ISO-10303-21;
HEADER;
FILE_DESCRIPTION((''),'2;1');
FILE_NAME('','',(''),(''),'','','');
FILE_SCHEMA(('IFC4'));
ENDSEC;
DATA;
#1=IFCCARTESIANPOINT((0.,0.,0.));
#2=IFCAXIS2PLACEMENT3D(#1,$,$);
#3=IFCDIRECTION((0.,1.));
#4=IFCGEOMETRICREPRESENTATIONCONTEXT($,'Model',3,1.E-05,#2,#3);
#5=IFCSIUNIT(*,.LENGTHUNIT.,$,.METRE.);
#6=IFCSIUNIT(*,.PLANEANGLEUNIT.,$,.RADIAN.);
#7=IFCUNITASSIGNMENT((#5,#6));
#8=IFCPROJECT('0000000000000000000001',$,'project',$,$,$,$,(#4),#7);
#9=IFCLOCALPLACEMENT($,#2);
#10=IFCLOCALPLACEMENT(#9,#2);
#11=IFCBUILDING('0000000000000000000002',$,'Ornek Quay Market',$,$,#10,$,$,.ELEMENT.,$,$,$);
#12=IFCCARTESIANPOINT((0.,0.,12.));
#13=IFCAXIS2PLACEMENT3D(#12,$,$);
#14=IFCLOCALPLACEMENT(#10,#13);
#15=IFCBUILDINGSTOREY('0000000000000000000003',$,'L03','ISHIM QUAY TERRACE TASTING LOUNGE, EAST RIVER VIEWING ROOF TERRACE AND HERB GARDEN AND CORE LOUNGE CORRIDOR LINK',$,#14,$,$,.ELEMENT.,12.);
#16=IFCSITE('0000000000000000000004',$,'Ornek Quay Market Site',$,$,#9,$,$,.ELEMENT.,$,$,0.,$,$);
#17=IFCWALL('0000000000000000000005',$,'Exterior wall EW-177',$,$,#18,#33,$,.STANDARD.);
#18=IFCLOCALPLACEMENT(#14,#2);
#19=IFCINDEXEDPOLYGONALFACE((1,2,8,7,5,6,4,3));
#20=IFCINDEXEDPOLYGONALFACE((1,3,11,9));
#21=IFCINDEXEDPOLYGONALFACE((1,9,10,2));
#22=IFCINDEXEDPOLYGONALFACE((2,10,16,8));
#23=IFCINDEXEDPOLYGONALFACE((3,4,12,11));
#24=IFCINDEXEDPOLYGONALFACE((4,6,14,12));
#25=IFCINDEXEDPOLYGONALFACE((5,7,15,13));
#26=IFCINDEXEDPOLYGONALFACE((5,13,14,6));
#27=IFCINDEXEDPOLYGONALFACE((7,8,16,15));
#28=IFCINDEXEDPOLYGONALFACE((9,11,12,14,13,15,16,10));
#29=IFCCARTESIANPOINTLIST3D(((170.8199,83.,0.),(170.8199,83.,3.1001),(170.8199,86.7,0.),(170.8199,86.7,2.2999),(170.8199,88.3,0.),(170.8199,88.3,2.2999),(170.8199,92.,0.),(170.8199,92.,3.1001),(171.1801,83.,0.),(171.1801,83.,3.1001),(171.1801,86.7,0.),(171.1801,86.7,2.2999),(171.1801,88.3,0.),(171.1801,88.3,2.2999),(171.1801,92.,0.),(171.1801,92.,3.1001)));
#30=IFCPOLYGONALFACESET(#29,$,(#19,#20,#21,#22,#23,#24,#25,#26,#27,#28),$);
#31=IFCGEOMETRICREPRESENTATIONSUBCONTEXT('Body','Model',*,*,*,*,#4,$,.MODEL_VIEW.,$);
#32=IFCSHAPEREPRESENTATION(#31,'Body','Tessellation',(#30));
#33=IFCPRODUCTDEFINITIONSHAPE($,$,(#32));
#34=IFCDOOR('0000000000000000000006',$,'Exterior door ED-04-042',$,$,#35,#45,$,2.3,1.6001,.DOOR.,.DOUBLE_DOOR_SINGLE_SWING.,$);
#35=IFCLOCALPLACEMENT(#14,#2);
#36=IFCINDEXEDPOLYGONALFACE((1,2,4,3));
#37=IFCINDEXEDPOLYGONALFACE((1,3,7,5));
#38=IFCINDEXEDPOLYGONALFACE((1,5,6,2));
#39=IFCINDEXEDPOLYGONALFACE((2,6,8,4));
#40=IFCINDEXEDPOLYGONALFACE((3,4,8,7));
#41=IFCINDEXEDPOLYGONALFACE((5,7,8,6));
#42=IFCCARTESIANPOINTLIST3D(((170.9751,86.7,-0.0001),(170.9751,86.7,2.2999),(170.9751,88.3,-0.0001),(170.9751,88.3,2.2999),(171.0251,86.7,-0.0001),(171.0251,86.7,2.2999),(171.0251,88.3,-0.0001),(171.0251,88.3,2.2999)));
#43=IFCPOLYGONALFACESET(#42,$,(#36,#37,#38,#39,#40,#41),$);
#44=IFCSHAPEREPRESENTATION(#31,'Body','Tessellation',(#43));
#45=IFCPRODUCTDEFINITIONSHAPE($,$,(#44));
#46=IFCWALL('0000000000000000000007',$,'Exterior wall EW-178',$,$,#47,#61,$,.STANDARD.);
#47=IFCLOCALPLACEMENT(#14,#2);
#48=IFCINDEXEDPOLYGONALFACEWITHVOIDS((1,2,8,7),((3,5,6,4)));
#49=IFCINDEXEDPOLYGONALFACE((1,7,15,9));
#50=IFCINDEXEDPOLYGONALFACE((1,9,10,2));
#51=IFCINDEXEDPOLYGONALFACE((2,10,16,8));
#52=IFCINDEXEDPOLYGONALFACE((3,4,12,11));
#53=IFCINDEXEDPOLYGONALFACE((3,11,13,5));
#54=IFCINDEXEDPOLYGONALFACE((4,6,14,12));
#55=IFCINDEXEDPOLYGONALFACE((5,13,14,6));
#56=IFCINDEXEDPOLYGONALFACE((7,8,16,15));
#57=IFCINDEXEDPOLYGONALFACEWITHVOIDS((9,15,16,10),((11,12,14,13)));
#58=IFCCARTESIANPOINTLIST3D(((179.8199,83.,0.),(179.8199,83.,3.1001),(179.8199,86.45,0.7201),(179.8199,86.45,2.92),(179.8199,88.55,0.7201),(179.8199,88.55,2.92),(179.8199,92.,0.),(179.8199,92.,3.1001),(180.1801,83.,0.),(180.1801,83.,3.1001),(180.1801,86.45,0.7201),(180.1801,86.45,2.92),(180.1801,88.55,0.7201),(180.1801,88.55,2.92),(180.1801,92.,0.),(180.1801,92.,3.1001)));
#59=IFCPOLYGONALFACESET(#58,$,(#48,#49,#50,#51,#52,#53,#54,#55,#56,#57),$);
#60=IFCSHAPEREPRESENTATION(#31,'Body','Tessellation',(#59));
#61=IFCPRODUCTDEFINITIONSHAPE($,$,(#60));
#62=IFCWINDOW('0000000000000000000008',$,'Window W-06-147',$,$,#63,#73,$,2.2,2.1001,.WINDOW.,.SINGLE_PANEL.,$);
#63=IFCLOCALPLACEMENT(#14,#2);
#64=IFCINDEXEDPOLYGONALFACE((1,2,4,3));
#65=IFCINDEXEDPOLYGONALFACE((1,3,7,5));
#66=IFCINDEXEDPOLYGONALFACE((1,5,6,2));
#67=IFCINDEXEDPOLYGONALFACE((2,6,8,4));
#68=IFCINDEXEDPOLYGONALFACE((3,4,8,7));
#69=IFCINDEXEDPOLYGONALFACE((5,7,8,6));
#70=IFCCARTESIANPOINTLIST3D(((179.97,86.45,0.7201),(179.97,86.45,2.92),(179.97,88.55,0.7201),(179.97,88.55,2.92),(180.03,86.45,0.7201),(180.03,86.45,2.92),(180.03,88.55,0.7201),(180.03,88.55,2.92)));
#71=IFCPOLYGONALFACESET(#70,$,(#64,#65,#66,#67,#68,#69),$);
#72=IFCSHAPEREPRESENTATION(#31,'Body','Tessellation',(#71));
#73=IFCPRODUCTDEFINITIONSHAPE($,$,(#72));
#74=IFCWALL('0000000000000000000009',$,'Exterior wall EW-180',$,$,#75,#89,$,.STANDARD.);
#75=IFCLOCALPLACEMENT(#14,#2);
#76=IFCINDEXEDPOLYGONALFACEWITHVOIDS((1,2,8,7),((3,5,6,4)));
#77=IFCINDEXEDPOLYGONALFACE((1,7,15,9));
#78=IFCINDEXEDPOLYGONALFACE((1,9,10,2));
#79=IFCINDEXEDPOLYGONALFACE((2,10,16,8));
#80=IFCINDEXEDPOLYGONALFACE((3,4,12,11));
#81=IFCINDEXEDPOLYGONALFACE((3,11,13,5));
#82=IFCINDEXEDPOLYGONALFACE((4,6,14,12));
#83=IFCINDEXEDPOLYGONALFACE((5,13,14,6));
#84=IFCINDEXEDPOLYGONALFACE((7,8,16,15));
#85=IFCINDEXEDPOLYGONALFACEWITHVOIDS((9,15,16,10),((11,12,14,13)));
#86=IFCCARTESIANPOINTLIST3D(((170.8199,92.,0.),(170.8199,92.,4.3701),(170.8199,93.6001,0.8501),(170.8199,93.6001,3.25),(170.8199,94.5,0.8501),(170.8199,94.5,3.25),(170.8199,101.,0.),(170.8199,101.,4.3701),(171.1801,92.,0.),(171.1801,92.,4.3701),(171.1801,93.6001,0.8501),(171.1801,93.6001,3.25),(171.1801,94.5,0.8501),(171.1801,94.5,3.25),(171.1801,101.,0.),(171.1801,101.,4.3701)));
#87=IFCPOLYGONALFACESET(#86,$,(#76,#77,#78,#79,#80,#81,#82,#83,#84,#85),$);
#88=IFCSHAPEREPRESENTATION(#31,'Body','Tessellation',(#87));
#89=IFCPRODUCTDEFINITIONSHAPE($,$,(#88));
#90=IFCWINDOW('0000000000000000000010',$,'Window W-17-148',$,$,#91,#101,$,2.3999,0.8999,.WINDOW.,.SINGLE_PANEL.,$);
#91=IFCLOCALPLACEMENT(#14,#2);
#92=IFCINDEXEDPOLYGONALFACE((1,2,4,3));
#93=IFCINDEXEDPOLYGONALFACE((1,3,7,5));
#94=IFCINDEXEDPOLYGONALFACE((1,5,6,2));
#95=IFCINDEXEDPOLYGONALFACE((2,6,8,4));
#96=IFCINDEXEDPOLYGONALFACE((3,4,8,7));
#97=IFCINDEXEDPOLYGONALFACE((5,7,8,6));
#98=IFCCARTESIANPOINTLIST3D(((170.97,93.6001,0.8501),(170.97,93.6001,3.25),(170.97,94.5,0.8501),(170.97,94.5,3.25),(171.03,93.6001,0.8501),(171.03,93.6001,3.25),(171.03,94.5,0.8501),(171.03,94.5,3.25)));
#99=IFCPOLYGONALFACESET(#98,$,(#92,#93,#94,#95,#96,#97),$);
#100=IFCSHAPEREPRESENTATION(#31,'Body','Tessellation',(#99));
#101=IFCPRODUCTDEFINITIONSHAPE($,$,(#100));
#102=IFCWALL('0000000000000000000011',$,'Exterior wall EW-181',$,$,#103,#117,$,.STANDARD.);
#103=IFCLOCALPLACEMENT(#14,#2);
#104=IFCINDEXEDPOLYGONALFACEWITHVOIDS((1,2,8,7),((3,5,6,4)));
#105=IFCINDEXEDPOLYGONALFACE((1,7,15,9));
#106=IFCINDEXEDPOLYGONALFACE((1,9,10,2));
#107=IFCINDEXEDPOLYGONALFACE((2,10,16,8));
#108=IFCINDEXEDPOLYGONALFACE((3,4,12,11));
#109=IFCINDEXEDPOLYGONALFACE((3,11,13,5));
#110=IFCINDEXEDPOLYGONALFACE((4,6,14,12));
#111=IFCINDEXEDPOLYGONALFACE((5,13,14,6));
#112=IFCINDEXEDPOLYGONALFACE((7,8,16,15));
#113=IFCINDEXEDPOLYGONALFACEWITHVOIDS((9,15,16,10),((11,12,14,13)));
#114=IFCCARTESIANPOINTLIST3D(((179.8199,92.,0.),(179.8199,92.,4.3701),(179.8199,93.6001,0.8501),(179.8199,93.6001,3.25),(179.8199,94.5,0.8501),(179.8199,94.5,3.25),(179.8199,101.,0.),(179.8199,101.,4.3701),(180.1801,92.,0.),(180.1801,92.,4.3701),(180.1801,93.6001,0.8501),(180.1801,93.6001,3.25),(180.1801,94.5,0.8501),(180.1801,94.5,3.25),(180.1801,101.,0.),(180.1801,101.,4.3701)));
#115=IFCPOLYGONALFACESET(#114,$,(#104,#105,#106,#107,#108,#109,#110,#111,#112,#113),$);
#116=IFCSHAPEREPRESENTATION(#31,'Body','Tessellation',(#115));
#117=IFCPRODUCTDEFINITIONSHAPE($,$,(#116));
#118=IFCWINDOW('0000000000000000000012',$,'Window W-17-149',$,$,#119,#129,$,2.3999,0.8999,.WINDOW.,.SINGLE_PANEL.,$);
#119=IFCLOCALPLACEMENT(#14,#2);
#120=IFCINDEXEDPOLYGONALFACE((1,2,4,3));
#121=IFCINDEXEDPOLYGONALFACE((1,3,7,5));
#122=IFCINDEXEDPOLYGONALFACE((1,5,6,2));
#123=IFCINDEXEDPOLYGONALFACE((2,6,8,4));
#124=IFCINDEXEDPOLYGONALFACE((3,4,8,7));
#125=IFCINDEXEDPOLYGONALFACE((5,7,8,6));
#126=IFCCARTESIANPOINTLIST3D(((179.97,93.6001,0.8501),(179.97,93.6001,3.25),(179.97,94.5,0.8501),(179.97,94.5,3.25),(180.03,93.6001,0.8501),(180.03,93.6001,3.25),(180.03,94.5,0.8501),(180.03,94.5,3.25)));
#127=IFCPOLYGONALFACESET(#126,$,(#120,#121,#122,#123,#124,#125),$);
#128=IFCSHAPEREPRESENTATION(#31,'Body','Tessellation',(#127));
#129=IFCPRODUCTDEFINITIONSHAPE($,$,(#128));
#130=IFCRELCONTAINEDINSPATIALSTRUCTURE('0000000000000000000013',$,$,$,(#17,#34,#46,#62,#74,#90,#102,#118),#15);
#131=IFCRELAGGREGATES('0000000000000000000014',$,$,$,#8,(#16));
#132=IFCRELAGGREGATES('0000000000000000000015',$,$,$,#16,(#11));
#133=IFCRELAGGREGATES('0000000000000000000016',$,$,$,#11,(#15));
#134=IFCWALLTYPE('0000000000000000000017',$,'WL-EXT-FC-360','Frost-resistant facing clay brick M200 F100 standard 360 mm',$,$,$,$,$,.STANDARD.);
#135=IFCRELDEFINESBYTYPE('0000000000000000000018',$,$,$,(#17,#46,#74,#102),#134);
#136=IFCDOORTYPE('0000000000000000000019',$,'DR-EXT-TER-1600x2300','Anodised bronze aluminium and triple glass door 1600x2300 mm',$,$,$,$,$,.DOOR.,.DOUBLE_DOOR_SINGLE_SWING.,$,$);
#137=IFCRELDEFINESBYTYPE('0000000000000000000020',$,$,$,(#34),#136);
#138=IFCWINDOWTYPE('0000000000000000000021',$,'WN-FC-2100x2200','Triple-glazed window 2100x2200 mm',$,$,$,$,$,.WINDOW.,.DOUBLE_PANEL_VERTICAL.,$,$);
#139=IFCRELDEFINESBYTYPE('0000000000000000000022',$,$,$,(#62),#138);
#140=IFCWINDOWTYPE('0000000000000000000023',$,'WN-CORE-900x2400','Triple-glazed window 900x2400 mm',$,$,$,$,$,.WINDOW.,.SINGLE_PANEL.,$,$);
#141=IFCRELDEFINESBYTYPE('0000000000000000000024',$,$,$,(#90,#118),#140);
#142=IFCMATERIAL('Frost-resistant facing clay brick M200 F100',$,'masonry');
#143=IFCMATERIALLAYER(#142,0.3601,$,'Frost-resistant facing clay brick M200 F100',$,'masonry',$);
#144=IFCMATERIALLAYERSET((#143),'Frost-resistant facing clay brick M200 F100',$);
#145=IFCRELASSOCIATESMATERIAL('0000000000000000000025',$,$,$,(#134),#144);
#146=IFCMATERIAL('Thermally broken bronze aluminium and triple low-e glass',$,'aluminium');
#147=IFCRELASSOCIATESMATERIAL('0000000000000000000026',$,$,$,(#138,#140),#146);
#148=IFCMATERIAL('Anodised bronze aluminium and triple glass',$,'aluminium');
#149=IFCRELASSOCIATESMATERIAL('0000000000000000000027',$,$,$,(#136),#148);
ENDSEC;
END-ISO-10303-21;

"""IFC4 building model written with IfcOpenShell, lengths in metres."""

from ifc_helpers import new_model, si_unit, direction, frame, frame_2d, origin, place, context, subcontext, project, spatial, rectangle, extrude, material, layer, layer_set, type_object, element, fill, save


model = new_model("IFC4")

# Units and contexts
model_context = context("Model", 3, precision=1e-05, world=origin(), true_north=direction((0.0, 1.0)))
body_context = subcontext(model_context, "Body", "Model", "MODEL_VIEW")
ifc_project = project(units=[si_unit("LENGTHUNIT", "METRE"), si_unit("PLANEANGLEUNIT", "RADIAN")], contexts=[model_context])

# Site, building, storey
site_placement = place(None, origin())
site = spatial("IfcSite", under=ifc_project, at=site_placement, Name="Ornek Quay Market Site", CompositionType="ELEMENT", RefElevation=0.0)
building_placement = place(site_placement, origin())
building = spatial("IfcBuilding", under=site, at=building_placement, Name="Ornek Quay Market", CompositionType="ELEMENT")
storey_placement = place(building_placement, frame((0.0, 0.0, 12.0)))
storey = spatial("IfcBuildingStorey", under=building, at=storey_placement, Name="L03", Description="ISHIM QUAY TERRACE TASTING LOUNGE, EAST RIVER VIEWING ROOF TERRACE AND HERB GARDEN AND CORE LOUNGE CORRIDOR LINK", CompositionType="ELEMENT", Elevation=12.0)

# Shared definitions
ifc_material_1 = material(Name="Frost-resistant facing clay brick M200 F100", Category="masonry")
ifc_layer_1 = layer(ifc_material_1, 0.3601, Name="Frost-resistant facing clay brick M200 F100", Category="masonry")
ifc_layer_set_1 = layer_set([ifc_layer_1], Name="Frost-resistant facing clay brick M200 F100")
wall_type_1 = type_object("IfcWallType", Name="WL-EXT-FC-360", Description="Frost-resistant facing clay brick M200 F100 standard 360 mm", PredefinedType="STANDARD", material=ifc_layer_set_1)
ifc_material_2 = material(Name="Thermally broken bronze aluminium and triple low-e glass", Category="aluminium")
window_type_1 = type_object("IfcWindowType", Name="WN-FC-2100x2200", Description="Triple-glazed window 2100x2200 mm", PartitioningType="DOUBLE_PANEL_VERTICAL", PredefinedType="WINDOW", material=ifc_material_2)

# Wall, opening, door
wall_1_placement = place(storey_placement, frame((171.0, 83.0, 0.0), z_axis=(0.0, 0.0, 1.0), x_axis=(0.0, 1.0, 0.0)))
wall_1 = element("IfcWall", 1, at=wall_1_placement, inside=storey, type_object=wall_type_1, Name="Exterior wall EW-177", PredefinedType="STANDARD", context=body_context, shape_type="SweptSolid", body=[
    extrude(rectangle(XDim=9.0, YDim=0.3601, at=frame_2d((4.5, 0.0))), origin(), (0.0, 0.0, 1.0), 3.1001),
])
opening_1_placement = place(wall_1_placement, frame((3.7, 0.0, 0.0)))
opening_1 = element("IfcOpeningElement", 2, at=opening_1_placement, cuts=wall_1, PredefinedType="OPENING", context=body_context, shape_type="SweptSolid", body=[
    extrude(rectangle(XDim=1.6001, YDim=2.3, at=frame_2d((0.8, 1.1499))), frame((0.0, 0.1899, 0.0), z_axis=(0.0, -1.0, 0.0), x_axis=(1.0, 0.0, 0.0)), (0.0, 0.0, 1.0), 0.3801),
])
ifc_material_3 = material(Name="Anodised bronze aluminium and triple glass", Category="aluminium")
door_type_1 = type_object("IfcDoorType", Name="DR-EXT-TER-1600x2300", Description="Anodised bronze aluminium and triple glass door 1600x2300 mm", OperationType="DOUBLE_DOOR_SINGLE_SWING", PredefinedType="DOOR", material=ifc_material_3)
door_1_placement = place(opening_1_placement, origin())
door_1 = element("IfcDoor", 3, at=door_1_placement, inside=storey, type_object=door_type_1, Name="Exterior door ED-04-042", OperationType="DOUBLE_DOOR_SINGLE_SWING", OverallHeight=2.3, OverallWidth=1.6001, PredefinedType="DOOR", context=body_context, shape_type="SweptSolid", body=[
    extrude(rectangle(XDim=1.6001, YDim=2.3, at=frame_2d((0.8, 1.1499))), frame((0.0, 0.0249, 0.0), z_axis=(0.0, -1.0, 0.0), x_axis=(1.0, 0.0, 0.0)), (0.0, 0.0, 1.0), 0.05),
])
fill(opening_1, door_1)

# Walls, openings, windows
wall_2_placement = place(storey_placement, frame((180.0, 83.0, 0.0), z_axis=(0.0, 0.0, 1.0), x_axis=(0.0, 1.0, 0.0)))
wall_2 = element("IfcWall", 4, at=wall_2_placement, inside=storey, type_object=wall_type_1, Name="Exterior wall EW-178", PredefinedType="STANDARD", context=body_context, shape_type="SweptSolid", body=[
    extrude(rectangle(XDim=9.0, YDim=0.3601, at=frame_2d((4.5, 0.0))), origin(), (0.0, 0.0, 1.0), 3.1001),
])
opening_2_placement = place(wall_2_placement, frame((3.45, 0.0, 0.72)))
opening_2 = element("IfcOpeningElement", 5, at=opening_2_placement, cuts=wall_2, PredefinedType="OPENING", context=body_context, shape_type="SweptSolid", body=[
    extrude(rectangle(XDim=2.1001, YDim=2.2, at=frame_2d((1.05, 1.1001))), frame((0.0, 0.1899, 0.0), z_axis=(0.0, -1.0, 0.0), x_axis=(1.0, 0.0, 0.0)), (0.0, 0.0, 1.0), 0.3801),
])
window_1_placement = place(opening_2_placement, origin())
window_1 = element("IfcWindow", 6, at=window_1_placement, inside=storey, type_object=window_type_1, Name="Window W-06-147", OverallHeight=2.2, OverallWidth=2.1001, PartitioningType="SINGLE_PANEL", PredefinedType="WINDOW", context=body_context, shape_type="SweptSolid", body=[
    extrude(rectangle(XDim=2.1001, YDim=2.2, at=frame_2d((1.05, 1.1001))), frame((0.0, 0.03, 0.0), z_axis=(0.0, -1.0, 0.0), x_axis=(1.0, 0.0, 0.0)), (0.0, 0.0, 1.0), 0.0601),
])
fill(opening_2, window_1)
wall_3_placement = place(storey_placement, frame((171.0, 92.0, 0.0), z_axis=(0.0, 0.0, 1.0), x_axis=(0.0, 1.0, 0.0)))
wall_3 = element("IfcWall", 7, at=wall_3_placement, inside=storey, type_object=wall_type_1, Name="Exterior wall EW-180", PredefinedType="STANDARD", context=body_context, shape_type="SweptSolid", body=[
    extrude(rectangle(XDim=9.0, YDim=0.3601, at=frame_2d((4.5, 0.0))), origin(), (0.0, 0.0, 1.0), 4.3701),
])
opening_3_placement = place(wall_3_placement, frame((1.6001, 0.0, 0.8501)))
opening_3 = element("IfcOpeningElement", 8, at=opening_3_placement, cuts=wall_3, PredefinedType="OPENING", context=body_context, shape_type="SweptSolid", body=[
    extrude(rectangle(XDim=0.8999, YDim=2.3999, at=frame_2d((0.45, 1.2))), frame((0.0, 0.1899, 0.0), z_axis=(0.0, -1.0, 0.0), x_axis=(1.0, 0.0, 0.0)), (0.0, 0.0, 1.0), 0.3801),
])
window_type_2 = type_object("IfcWindowType", Name="WN-CORE-900x2400", Description="Triple-glazed window 900x2400 mm", PartitioningType="SINGLE_PANEL", PredefinedType="WINDOW", material=ifc_material_2)
window_2_placement = place(opening_3_placement, origin())
window_2 = element("IfcWindow", 9, at=window_2_placement, inside=storey, type_object=window_type_2, Name="Window W-17-148", OverallHeight=2.3999, OverallWidth=0.8999, PartitioningType="SINGLE_PANEL", PredefinedType="WINDOW", context=body_context, shape_type="SweptSolid", body=[
    extrude(rectangle(XDim=0.8999, YDim=2.3999, at=frame_2d((0.45, 1.2))), frame((0.0, 0.03, 0.0), z_axis=(0.0, -1.0, 0.0), x_axis=(1.0, 0.0, 0.0)), (0.0, 0.0, 1.0), 0.0601),
])
fill(opening_3, window_2)
wall_4_placement = place(storey_placement, frame((180.0, 92.0, 0.0), z_axis=(0.0, 0.0, 1.0), x_axis=(0.0, 1.0, 0.0)))
wall_4 = element("IfcWall", 10, at=wall_4_placement, inside=storey, type_object=wall_type_1, Name="Exterior wall EW-181", PredefinedType="STANDARD", context=body_context, shape_type="SweptSolid", body=[
    extrude(rectangle(XDim=9.0, YDim=0.3601, at=frame_2d((4.5, 0.0))), origin(), (0.0, 0.0, 1.0), 4.3701),
])
opening_4_placement = place(wall_4_placement, frame((1.6001, 0.0, 0.8501)))
opening_4 = element("IfcOpeningElement", 11, at=opening_4_placement, cuts=wall_4, PredefinedType="OPENING", context=body_context, shape_type="SweptSolid", body=[
    extrude(rectangle(XDim=0.8999, YDim=2.3999, at=frame_2d((0.45, 1.2))), frame((0.0, 0.1899, 0.0), z_axis=(0.0, -1.0, 0.0), x_axis=(1.0, 0.0, 0.0)), (0.0, 0.0, 1.0), 0.3801),
])
window_3_placement = place(opening_4_placement, origin())
window_3 = element("IfcWindow", 12, at=window_3_placement, inside=storey, type_object=window_type_2, Name="Window W-17-149", OverallHeight=2.3999, OverallWidth=0.8999, PartitioningType="SINGLE_PANEL", PredefinedType="WINDOW", context=body_context, shape_type="SweptSolid", body=[
    extrude(rectangle(XDim=0.8999, YDim=2.3999, at=frame_2d((0.45, 1.2))), frame((0.0, 0.03, 0.0), z_axis=(0.0, -1.0, 0.0), x_axis=(1.0, 0.0, 0.0)), (0.0, 0.0, 1.0), 0.0601),
])
fill(opening_4, window_3)

save(model, "model.ifc")
